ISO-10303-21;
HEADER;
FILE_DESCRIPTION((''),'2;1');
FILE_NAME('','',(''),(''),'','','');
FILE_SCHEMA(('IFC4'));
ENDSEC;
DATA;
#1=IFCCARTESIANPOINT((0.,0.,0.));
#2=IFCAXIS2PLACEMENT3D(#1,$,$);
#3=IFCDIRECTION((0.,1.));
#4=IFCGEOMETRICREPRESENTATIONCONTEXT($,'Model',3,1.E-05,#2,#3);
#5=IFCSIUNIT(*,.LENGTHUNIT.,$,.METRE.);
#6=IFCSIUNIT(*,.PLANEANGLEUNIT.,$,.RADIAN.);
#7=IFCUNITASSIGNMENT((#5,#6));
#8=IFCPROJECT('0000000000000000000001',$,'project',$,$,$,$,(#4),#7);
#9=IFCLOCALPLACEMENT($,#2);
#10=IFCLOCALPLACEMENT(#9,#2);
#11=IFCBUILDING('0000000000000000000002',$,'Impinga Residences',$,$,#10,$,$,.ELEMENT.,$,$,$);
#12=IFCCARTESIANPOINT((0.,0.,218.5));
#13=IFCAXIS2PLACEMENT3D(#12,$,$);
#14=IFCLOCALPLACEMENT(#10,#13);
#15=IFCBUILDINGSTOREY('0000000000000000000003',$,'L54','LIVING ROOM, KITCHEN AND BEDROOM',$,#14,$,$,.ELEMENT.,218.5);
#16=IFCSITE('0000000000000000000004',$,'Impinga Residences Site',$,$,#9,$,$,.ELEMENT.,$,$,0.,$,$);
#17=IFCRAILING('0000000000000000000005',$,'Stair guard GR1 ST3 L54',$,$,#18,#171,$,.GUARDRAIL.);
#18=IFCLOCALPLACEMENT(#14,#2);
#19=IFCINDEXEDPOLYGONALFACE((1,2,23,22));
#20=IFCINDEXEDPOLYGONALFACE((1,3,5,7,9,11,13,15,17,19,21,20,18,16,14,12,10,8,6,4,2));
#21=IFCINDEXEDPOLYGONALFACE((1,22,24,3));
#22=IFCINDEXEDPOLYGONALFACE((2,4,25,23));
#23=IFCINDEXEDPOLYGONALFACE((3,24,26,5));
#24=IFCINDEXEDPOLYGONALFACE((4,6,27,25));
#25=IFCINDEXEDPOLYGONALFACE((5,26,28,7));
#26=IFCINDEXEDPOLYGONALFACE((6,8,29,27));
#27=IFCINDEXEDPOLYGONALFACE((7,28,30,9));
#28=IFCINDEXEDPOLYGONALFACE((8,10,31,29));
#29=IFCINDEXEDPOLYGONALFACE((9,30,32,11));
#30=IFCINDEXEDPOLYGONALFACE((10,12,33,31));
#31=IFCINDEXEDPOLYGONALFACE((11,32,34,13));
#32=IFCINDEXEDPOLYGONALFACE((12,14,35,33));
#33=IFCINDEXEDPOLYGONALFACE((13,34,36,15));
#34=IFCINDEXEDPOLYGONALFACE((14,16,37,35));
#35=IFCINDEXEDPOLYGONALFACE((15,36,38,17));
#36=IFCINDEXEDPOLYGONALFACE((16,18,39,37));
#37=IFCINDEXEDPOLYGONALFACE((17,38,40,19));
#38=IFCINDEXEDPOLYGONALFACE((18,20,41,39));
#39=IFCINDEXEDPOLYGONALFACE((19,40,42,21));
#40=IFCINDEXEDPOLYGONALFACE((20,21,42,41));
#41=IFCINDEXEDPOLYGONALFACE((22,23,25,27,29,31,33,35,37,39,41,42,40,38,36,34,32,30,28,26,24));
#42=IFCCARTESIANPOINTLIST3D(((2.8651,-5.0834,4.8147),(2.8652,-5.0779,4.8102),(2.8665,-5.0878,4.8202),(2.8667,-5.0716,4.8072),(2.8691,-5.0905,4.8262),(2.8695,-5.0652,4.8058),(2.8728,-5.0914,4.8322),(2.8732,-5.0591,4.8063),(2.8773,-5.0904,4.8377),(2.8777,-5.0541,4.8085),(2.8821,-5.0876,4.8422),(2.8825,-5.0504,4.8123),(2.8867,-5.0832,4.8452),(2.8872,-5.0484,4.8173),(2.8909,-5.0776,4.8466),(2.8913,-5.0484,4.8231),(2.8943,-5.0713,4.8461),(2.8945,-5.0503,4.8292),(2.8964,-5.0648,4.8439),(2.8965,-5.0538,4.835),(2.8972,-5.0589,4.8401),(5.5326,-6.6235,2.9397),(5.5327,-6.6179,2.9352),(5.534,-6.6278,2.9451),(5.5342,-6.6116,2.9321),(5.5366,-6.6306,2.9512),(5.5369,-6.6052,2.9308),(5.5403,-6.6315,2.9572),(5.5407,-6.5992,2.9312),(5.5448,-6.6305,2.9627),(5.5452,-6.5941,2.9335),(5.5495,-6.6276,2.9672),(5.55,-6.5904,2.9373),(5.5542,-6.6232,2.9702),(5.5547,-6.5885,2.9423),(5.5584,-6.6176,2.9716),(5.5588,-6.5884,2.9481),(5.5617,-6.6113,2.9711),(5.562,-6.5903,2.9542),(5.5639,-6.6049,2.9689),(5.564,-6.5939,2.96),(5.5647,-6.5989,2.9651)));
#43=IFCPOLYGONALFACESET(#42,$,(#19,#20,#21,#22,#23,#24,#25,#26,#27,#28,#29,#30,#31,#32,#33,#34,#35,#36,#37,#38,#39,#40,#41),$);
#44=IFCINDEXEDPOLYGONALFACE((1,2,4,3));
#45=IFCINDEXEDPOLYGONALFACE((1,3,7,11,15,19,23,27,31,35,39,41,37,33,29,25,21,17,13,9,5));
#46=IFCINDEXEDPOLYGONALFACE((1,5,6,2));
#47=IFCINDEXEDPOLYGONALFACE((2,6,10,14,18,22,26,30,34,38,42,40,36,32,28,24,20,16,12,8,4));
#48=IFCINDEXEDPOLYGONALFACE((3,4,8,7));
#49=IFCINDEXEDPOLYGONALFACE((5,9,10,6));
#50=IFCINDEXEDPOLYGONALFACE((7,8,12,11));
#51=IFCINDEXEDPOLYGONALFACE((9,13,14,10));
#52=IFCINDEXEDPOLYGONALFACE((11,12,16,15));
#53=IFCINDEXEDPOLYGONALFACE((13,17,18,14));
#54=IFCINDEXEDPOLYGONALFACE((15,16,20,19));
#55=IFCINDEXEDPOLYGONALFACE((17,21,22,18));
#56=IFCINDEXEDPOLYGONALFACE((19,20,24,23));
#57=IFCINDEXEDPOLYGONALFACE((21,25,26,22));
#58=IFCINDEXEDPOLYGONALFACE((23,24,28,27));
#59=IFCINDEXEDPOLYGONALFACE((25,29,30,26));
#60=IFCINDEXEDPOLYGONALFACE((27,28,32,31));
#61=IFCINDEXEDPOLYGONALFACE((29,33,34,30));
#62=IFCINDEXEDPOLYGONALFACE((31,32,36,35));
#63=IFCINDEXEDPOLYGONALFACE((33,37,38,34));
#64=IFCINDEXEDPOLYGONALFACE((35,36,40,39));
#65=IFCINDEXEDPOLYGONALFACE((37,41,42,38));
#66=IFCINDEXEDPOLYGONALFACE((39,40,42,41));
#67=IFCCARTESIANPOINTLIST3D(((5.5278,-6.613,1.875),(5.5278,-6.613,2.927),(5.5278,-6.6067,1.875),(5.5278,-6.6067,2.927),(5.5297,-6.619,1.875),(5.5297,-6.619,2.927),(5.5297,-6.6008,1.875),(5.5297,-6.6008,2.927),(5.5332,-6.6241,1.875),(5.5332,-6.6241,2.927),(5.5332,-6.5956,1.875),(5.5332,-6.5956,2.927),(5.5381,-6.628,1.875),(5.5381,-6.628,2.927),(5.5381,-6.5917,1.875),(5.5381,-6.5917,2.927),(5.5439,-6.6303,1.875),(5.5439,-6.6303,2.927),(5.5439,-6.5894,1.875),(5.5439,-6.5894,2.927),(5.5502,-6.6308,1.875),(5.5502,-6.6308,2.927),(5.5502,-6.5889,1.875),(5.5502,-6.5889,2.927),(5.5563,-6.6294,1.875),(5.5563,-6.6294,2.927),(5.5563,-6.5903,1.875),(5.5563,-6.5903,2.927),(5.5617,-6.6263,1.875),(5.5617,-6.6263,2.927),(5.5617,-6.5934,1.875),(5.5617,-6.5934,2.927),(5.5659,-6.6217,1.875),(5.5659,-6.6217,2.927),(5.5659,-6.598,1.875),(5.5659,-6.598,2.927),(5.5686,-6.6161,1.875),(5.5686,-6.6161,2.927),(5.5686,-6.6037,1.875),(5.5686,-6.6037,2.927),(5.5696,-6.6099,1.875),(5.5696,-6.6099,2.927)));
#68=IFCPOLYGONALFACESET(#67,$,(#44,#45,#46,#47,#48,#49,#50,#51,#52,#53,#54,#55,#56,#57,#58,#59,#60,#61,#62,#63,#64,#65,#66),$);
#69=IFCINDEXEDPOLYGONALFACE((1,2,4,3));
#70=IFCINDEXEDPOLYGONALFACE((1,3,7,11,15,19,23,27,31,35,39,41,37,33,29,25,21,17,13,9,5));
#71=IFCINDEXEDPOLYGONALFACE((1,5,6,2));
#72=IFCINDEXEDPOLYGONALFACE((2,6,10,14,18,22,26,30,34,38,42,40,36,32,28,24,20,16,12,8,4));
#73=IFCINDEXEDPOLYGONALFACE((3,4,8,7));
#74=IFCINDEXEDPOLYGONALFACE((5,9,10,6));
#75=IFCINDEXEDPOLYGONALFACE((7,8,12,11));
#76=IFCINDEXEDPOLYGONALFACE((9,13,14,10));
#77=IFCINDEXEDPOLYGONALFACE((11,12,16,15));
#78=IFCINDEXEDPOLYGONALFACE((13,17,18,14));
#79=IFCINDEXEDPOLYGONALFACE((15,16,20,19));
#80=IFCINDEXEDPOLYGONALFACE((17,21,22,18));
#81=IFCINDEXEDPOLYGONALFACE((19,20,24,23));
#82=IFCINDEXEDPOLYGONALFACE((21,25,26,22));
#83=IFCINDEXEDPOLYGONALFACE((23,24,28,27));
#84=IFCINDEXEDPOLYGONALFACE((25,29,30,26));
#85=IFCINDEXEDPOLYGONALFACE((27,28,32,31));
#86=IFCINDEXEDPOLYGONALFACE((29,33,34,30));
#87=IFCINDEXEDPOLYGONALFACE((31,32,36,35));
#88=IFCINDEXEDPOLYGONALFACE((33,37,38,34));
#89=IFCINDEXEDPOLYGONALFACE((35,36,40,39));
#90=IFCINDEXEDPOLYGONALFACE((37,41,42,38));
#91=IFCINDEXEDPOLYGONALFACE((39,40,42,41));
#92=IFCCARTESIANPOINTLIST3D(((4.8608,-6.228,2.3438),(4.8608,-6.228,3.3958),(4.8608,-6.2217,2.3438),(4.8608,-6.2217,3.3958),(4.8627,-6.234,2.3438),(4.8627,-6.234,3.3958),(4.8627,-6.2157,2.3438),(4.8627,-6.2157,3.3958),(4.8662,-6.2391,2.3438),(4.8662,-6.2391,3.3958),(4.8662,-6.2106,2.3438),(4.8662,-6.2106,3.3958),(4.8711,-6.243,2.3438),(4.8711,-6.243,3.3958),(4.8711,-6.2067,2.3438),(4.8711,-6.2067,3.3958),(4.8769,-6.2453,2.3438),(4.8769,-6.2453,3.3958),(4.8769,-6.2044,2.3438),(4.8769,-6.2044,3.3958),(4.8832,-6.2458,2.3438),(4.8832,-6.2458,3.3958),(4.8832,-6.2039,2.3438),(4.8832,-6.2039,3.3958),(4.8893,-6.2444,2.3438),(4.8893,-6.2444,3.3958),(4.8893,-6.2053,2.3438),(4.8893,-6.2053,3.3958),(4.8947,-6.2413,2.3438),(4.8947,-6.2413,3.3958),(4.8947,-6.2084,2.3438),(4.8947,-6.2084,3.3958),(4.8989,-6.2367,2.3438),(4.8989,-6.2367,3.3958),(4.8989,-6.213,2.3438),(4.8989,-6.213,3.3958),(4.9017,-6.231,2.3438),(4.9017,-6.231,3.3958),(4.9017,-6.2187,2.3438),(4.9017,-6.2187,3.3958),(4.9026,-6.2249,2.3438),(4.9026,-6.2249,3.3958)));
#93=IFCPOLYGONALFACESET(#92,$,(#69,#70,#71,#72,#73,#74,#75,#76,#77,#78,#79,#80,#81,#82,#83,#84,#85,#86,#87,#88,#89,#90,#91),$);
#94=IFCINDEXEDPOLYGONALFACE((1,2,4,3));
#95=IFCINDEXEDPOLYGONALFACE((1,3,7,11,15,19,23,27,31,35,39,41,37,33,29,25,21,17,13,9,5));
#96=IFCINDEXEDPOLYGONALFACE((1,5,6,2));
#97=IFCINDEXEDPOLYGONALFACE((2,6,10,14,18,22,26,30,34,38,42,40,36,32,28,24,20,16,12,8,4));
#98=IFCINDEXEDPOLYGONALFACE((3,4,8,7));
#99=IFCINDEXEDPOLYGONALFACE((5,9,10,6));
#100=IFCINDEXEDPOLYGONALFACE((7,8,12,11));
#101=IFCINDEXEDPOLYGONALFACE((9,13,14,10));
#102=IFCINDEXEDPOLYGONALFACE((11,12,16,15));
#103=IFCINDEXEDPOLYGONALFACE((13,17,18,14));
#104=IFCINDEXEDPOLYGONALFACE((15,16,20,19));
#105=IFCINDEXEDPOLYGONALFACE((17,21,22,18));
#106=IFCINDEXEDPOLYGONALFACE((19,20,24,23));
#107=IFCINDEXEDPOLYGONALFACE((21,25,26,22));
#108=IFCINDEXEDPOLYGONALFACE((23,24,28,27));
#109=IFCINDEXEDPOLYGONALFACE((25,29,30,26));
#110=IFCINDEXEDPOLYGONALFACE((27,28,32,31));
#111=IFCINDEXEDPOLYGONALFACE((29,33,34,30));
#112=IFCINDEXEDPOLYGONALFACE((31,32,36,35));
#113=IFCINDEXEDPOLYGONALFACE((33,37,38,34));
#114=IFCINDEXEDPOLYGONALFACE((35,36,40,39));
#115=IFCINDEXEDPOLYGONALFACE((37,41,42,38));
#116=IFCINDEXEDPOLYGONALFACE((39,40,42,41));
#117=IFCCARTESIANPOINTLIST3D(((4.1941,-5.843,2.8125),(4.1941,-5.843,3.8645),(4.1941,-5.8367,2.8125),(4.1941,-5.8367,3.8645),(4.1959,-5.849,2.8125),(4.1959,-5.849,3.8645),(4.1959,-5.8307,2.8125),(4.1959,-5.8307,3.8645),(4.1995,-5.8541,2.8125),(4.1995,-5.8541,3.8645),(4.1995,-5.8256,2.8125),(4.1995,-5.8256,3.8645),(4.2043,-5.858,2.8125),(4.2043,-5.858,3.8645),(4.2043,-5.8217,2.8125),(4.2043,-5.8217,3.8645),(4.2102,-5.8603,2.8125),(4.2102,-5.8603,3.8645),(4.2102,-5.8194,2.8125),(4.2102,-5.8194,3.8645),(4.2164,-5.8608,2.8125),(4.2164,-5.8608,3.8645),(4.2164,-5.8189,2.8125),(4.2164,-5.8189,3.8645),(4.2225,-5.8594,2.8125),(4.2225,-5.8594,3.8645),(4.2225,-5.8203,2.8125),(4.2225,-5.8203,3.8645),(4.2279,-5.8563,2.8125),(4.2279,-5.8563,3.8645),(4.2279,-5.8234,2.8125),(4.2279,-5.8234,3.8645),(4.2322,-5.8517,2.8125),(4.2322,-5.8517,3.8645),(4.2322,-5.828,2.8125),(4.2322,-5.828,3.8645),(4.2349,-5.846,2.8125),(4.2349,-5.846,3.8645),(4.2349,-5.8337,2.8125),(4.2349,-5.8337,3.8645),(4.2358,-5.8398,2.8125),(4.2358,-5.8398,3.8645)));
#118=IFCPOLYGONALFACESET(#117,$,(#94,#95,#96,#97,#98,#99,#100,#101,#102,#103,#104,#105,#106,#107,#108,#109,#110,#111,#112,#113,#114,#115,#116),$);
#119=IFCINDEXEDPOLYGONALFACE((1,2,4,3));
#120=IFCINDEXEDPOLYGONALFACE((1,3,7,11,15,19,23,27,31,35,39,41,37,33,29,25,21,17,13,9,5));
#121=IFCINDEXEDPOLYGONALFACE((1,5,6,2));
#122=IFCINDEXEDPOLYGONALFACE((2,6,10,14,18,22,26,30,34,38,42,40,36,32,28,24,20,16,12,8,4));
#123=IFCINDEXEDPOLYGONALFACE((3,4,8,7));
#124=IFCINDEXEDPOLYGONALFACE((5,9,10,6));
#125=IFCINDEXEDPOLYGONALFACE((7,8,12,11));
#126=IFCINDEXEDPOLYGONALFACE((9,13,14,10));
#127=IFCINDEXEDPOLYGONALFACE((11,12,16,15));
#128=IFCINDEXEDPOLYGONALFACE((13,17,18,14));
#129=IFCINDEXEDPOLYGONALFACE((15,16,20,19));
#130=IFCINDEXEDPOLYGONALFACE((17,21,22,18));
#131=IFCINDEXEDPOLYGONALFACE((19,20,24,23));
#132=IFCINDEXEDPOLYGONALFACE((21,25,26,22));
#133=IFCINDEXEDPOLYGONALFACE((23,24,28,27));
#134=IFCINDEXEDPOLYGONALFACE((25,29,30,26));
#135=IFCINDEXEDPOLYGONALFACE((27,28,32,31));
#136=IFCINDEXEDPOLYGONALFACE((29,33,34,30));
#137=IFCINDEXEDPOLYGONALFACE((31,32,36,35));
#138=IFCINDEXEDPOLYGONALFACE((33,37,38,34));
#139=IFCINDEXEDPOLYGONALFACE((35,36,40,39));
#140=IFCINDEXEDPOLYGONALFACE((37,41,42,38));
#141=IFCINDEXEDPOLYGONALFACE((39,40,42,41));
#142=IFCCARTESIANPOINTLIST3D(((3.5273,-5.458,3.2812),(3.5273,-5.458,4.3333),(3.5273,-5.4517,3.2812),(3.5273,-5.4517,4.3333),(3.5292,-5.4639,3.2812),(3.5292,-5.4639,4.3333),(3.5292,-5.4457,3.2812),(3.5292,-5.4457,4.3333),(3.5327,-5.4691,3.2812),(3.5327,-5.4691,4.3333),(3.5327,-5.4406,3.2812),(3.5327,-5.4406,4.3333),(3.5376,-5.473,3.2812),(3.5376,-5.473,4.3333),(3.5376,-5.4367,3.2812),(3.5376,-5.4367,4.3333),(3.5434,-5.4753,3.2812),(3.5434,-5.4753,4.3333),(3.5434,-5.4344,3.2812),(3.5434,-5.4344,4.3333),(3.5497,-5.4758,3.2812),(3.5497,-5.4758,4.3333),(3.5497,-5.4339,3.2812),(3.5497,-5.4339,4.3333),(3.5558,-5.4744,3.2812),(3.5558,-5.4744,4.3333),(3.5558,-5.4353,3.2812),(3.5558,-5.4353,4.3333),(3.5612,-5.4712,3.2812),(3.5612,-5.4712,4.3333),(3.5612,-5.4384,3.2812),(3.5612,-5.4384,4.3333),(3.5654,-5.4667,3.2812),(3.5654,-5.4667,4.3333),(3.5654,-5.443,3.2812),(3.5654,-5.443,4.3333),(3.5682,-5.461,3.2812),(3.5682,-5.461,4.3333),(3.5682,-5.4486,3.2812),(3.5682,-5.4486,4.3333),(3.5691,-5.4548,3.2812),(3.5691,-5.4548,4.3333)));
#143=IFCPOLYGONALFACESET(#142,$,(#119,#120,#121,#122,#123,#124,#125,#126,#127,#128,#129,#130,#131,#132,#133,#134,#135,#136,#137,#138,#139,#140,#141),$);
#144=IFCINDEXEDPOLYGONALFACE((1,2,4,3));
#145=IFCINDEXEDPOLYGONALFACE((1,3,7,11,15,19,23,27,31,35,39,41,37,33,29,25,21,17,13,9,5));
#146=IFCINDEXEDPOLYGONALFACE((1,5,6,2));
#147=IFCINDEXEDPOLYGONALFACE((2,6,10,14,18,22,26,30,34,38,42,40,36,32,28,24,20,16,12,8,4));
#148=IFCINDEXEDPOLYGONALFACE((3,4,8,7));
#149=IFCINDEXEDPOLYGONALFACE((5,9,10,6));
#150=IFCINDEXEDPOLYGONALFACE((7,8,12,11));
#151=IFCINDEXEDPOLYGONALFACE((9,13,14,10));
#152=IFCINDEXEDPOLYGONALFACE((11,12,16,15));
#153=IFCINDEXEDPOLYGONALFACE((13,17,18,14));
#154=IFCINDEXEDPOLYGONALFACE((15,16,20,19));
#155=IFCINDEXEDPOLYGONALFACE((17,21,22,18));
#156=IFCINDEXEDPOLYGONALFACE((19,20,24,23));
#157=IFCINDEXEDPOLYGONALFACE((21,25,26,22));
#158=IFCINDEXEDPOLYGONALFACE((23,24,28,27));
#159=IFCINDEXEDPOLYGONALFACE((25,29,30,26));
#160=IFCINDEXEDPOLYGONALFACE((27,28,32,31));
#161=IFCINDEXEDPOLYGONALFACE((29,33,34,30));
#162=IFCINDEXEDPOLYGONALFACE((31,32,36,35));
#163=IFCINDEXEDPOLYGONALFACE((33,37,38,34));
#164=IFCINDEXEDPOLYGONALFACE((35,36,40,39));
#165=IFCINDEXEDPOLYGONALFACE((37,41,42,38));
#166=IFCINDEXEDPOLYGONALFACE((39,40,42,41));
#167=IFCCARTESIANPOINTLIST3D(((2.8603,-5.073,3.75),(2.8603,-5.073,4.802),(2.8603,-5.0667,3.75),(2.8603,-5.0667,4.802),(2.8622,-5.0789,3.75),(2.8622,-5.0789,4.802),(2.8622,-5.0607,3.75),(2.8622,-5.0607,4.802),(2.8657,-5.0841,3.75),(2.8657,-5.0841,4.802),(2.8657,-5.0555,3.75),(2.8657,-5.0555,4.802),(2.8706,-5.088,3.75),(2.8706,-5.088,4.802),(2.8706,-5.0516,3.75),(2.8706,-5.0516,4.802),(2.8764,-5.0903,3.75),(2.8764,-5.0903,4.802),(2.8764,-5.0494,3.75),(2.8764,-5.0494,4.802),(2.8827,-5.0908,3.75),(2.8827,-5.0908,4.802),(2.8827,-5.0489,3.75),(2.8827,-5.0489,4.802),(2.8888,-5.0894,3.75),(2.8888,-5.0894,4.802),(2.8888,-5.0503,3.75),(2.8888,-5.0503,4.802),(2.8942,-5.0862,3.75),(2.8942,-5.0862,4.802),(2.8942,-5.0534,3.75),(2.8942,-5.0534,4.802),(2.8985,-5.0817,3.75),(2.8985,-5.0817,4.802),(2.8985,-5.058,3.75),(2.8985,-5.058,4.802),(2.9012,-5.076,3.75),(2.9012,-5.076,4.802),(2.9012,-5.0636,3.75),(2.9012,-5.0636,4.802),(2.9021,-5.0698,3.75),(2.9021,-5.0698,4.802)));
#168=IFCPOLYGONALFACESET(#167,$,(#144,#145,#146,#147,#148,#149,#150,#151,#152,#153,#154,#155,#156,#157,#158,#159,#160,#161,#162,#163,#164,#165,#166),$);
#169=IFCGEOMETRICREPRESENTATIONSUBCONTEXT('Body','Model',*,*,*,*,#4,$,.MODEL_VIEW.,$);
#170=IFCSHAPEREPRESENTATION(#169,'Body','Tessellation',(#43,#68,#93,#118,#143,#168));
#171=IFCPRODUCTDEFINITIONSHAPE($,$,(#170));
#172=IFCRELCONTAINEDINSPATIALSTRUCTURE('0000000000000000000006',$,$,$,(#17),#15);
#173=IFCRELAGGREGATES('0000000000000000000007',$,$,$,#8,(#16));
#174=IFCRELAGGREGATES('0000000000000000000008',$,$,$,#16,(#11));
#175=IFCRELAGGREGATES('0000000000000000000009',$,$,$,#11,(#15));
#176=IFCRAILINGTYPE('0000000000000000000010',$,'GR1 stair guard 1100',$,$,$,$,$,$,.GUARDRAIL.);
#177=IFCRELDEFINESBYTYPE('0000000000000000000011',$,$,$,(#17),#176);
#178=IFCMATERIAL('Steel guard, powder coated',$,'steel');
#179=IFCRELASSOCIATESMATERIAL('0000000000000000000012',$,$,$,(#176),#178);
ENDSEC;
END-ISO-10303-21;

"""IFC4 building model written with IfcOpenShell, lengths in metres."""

from ifc_helpers import new_model, si_unit, direction, frame, origin, origin_2d, place, context, subcontext, project, spatial, circle, extrude, material, type_object, element, save


model = new_model("IFC4")

# Units and contexts
model_context = context("Model", 3, precision=1e-05, world=origin(), true_north=direction((0.0, 1.0)))
body_context = subcontext(model_context, "Body", "Model", "MODEL_VIEW")
ifc_project = project(units=[si_unit("LENGTHUNIT", "METRE"), si_unit("PLANEANGLEUNIT", "RADIAN")], contexts=[model_context])

# Site, building, storey
site_placement = place(None, origin())
site = spatial("IfcSite", under=ifc_project, at=site_placement, Name="Impinga Residences Site", CompositionType="ELEMENT", RefElevation=0.0)
building_placement = place(site_placement, origin())
building = spatial("IfcBuilding", under=site, at=building_placement, Name="Impinga Residences", CompositionType="ELEMENT")
storey_placement = place(building_placement, frame((0.0, 0.0, 218.5)))
storey = spatial("IfcBuildingStorey", under=building, at=storey_placement, Name="L54", Description="LIVING ROOM, KITCHEN AND BEDROOM", CompositionType="ELEMENT", Elevation=218.5)

# Railing
ifc_material_1 = material(Name="Steel guard, powder coated", Category="steel")
railing_type_1 = type_object("IfcRailingType", Name="GR1 stair guard 1100", PredefinedType="GUARDRAIL", material=ifc_material_1)
railing_1_placement = place(storey_placement, frame((5.5486, -6.6099, 1.875)))
element("IfcRailing", 1, at=railing_1_placement, inside=storey, type_object=railing_type_1, Name="Stair guard GR1 ST3 L54", PredefinedType="GUARDRAIL", context=body_context, shape_type="SweptSolid", body=[
    extrude(circle(Radius=0.0239, at=origin_2d()), frame((0.0, 0.0, 1.0762), z_axis=(-0.739746, 0.427084, 0.519975), x_axis=(-0.499992, -0.86603, 0.0)), (0.0, 0.0, 1.0), 3.606),
    extrude(circle(Radius=0.021, at=origin_2d()), origin(), (0.0, 0.0, 1.0), 1.052),
    extrude(circle(Radius=0.021, at=origin_2d()), frame((-0.667, 0.385, 0.4688)), (0.0, 0.0, 1.0), 1.052),
    extrude(circle(Radius=0.021, at=origin_2d()), frame((-1.3337, 0.77, 0.9375)), (0.0, 0.0, 1.0), 1.052),
    extrude(circle(Radius=0.021, at=origin_2d()), frame((-2.0005, 1.155, 1.4062)), (0.0, 0.0, 1.0), 1.052),
    extrude(circle(Radius=0.021, at=origin_2d()), frame((-2.6675, 1.54, 1.875)), (0.0, 0.0, 1.0), 1.052),
])

save(model, "model.ifc")
